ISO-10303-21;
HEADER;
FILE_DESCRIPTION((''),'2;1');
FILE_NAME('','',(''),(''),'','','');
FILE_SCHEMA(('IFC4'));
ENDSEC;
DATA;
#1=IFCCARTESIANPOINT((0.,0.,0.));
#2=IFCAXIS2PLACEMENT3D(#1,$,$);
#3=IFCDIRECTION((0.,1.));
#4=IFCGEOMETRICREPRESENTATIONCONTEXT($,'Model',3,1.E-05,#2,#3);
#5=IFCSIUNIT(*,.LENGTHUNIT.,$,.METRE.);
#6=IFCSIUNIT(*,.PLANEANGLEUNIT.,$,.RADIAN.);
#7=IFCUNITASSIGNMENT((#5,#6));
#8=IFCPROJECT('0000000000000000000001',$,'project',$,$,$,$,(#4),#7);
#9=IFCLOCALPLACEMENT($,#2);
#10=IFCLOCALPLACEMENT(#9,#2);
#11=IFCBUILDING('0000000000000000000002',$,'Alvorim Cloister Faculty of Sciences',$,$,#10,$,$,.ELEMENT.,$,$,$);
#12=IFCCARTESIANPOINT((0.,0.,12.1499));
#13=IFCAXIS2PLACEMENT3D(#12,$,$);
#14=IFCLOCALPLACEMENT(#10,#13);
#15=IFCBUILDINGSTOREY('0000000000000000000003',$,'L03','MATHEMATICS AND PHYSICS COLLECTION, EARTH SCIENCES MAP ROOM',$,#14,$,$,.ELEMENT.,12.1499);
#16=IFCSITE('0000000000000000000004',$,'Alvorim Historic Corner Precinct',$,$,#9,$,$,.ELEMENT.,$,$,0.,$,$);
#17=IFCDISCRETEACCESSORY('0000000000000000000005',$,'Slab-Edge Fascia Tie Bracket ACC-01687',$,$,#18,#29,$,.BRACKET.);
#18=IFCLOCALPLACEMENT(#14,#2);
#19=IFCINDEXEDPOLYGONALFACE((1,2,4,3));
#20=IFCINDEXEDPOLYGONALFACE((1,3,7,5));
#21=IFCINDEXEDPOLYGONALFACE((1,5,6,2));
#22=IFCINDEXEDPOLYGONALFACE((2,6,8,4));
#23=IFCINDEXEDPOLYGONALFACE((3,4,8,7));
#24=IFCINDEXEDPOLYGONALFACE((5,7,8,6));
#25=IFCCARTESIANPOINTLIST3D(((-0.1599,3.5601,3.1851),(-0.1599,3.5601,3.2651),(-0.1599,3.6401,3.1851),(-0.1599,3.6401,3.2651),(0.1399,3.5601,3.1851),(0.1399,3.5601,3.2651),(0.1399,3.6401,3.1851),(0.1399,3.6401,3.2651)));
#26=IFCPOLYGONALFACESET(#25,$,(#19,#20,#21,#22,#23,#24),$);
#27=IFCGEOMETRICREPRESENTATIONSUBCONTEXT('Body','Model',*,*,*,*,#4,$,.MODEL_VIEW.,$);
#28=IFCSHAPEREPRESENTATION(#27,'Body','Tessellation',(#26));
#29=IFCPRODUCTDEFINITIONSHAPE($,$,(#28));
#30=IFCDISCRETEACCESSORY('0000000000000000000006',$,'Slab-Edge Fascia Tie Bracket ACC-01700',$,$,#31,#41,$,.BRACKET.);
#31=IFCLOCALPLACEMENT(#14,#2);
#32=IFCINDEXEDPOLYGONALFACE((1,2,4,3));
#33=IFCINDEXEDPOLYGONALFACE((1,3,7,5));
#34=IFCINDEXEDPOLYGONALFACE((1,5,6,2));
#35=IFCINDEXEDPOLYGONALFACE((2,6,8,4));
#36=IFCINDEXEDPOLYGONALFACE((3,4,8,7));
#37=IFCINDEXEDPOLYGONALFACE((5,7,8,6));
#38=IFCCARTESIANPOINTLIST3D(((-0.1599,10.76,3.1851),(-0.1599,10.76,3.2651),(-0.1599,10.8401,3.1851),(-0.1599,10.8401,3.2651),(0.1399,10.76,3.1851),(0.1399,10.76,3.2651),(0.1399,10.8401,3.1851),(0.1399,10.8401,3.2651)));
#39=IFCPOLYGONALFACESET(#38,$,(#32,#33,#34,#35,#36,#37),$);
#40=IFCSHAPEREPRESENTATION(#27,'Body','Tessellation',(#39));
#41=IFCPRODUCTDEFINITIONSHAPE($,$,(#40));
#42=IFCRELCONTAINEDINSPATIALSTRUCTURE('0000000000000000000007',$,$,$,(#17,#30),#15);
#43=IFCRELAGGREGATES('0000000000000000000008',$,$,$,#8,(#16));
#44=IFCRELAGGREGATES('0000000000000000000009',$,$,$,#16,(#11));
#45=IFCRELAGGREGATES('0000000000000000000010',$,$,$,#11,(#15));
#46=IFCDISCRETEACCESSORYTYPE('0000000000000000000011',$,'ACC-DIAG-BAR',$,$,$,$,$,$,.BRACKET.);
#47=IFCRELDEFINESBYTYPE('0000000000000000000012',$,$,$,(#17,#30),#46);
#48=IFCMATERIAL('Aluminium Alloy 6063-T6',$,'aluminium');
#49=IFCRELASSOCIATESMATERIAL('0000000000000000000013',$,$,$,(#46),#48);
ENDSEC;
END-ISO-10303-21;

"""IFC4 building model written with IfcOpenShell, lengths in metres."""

from ifc_helpers import new_model, si_unit, direction, frame, origin, origin_2d, place, context, subcontext, project, spatial, rectangle, extrude, material, type_object, element, save


model = new_model("IFC4")

# Units and contexts
model_context = context("Model", 3, precision=1e-05, world=origin(), true_north=direction((0.0, 1.0)))
body_context = subcontext(model_context, "Body", "Model", "MODEL_VIEW")
ifc_project = project(units=[si_unit("LENGTHUNIT", "METRE"), si_unit("PLANEANGLEUNIT", "RADIAN")], contexts=[model_context])

# Site, building, storey
site_placement = place(None, origin())
site = spatial("IfcSite", under=ifc_project, at=site_placement, Name="Alvorim Historic Corner Precinct", CompositionType="ELEMENT", RefElevation=0.0)
building_placement = place(site_placement, origin())
building = spatial("IfcBuilding", under=site, at=building_placement, Name="Alvorim Cloister Faculty of Sciences", CompositionType="ELEMENT")
storey_placement = place(building_placement, frame((0.0, 0.0, 12.1499)))
storey = spatial("IfcBuildingStorey", under=building, at=storey_placement, Name="L03", Description="MATHEMATICS AND PHYSICS COLLECTION, EARTH SCIENCES MAP ROOM", CompositionType="ELEMENT", Elevation=12.1499)

# Discrete accessories
ifc_material_1 = material(Name="Aluminium Alloy 6063-T6", Category="aluminium")
discrete_accessory_type = type_object("IfcDiscreteAccessoryType", Name="ACC-DIAG-BAR", PredefinedType="BRACKET", material=ifc_material_1)
for number, where, z_axis, x_axis, name in (
    (1, (0.1399, 3.6001, 3.2251), (-1.0, 0.0, 0.0), (0.0, -1.0, 0.0), "Slab-Edge Fascia Tie Bracket ACC-01687"),
    (2, (0.1399, 10.8, 3.2251), (-1.0, 0.0, 0.0), (0.0, -1.0, 0.0), "Slab-Edge Fascia Tie Bracket ACC-01700"),
):
    element("IfcDiscreteAccessory", number, at=place(storey_placement, frame(where, z_axis=z_axis, x_axis=x_axis)), inside=storey, type_object=discrete_accessory_type, Name=name, PredefinedType="BRACKET", context=body_context, shape_type="SweptSolid", body=[
        extrude(rectangle(XDim=0.0801, YDim=0.0801, at=origin_2d()), origin(), (0.0, 0.0, 1.0), 0.2998),
    ])

save(model, "model.ifc")
